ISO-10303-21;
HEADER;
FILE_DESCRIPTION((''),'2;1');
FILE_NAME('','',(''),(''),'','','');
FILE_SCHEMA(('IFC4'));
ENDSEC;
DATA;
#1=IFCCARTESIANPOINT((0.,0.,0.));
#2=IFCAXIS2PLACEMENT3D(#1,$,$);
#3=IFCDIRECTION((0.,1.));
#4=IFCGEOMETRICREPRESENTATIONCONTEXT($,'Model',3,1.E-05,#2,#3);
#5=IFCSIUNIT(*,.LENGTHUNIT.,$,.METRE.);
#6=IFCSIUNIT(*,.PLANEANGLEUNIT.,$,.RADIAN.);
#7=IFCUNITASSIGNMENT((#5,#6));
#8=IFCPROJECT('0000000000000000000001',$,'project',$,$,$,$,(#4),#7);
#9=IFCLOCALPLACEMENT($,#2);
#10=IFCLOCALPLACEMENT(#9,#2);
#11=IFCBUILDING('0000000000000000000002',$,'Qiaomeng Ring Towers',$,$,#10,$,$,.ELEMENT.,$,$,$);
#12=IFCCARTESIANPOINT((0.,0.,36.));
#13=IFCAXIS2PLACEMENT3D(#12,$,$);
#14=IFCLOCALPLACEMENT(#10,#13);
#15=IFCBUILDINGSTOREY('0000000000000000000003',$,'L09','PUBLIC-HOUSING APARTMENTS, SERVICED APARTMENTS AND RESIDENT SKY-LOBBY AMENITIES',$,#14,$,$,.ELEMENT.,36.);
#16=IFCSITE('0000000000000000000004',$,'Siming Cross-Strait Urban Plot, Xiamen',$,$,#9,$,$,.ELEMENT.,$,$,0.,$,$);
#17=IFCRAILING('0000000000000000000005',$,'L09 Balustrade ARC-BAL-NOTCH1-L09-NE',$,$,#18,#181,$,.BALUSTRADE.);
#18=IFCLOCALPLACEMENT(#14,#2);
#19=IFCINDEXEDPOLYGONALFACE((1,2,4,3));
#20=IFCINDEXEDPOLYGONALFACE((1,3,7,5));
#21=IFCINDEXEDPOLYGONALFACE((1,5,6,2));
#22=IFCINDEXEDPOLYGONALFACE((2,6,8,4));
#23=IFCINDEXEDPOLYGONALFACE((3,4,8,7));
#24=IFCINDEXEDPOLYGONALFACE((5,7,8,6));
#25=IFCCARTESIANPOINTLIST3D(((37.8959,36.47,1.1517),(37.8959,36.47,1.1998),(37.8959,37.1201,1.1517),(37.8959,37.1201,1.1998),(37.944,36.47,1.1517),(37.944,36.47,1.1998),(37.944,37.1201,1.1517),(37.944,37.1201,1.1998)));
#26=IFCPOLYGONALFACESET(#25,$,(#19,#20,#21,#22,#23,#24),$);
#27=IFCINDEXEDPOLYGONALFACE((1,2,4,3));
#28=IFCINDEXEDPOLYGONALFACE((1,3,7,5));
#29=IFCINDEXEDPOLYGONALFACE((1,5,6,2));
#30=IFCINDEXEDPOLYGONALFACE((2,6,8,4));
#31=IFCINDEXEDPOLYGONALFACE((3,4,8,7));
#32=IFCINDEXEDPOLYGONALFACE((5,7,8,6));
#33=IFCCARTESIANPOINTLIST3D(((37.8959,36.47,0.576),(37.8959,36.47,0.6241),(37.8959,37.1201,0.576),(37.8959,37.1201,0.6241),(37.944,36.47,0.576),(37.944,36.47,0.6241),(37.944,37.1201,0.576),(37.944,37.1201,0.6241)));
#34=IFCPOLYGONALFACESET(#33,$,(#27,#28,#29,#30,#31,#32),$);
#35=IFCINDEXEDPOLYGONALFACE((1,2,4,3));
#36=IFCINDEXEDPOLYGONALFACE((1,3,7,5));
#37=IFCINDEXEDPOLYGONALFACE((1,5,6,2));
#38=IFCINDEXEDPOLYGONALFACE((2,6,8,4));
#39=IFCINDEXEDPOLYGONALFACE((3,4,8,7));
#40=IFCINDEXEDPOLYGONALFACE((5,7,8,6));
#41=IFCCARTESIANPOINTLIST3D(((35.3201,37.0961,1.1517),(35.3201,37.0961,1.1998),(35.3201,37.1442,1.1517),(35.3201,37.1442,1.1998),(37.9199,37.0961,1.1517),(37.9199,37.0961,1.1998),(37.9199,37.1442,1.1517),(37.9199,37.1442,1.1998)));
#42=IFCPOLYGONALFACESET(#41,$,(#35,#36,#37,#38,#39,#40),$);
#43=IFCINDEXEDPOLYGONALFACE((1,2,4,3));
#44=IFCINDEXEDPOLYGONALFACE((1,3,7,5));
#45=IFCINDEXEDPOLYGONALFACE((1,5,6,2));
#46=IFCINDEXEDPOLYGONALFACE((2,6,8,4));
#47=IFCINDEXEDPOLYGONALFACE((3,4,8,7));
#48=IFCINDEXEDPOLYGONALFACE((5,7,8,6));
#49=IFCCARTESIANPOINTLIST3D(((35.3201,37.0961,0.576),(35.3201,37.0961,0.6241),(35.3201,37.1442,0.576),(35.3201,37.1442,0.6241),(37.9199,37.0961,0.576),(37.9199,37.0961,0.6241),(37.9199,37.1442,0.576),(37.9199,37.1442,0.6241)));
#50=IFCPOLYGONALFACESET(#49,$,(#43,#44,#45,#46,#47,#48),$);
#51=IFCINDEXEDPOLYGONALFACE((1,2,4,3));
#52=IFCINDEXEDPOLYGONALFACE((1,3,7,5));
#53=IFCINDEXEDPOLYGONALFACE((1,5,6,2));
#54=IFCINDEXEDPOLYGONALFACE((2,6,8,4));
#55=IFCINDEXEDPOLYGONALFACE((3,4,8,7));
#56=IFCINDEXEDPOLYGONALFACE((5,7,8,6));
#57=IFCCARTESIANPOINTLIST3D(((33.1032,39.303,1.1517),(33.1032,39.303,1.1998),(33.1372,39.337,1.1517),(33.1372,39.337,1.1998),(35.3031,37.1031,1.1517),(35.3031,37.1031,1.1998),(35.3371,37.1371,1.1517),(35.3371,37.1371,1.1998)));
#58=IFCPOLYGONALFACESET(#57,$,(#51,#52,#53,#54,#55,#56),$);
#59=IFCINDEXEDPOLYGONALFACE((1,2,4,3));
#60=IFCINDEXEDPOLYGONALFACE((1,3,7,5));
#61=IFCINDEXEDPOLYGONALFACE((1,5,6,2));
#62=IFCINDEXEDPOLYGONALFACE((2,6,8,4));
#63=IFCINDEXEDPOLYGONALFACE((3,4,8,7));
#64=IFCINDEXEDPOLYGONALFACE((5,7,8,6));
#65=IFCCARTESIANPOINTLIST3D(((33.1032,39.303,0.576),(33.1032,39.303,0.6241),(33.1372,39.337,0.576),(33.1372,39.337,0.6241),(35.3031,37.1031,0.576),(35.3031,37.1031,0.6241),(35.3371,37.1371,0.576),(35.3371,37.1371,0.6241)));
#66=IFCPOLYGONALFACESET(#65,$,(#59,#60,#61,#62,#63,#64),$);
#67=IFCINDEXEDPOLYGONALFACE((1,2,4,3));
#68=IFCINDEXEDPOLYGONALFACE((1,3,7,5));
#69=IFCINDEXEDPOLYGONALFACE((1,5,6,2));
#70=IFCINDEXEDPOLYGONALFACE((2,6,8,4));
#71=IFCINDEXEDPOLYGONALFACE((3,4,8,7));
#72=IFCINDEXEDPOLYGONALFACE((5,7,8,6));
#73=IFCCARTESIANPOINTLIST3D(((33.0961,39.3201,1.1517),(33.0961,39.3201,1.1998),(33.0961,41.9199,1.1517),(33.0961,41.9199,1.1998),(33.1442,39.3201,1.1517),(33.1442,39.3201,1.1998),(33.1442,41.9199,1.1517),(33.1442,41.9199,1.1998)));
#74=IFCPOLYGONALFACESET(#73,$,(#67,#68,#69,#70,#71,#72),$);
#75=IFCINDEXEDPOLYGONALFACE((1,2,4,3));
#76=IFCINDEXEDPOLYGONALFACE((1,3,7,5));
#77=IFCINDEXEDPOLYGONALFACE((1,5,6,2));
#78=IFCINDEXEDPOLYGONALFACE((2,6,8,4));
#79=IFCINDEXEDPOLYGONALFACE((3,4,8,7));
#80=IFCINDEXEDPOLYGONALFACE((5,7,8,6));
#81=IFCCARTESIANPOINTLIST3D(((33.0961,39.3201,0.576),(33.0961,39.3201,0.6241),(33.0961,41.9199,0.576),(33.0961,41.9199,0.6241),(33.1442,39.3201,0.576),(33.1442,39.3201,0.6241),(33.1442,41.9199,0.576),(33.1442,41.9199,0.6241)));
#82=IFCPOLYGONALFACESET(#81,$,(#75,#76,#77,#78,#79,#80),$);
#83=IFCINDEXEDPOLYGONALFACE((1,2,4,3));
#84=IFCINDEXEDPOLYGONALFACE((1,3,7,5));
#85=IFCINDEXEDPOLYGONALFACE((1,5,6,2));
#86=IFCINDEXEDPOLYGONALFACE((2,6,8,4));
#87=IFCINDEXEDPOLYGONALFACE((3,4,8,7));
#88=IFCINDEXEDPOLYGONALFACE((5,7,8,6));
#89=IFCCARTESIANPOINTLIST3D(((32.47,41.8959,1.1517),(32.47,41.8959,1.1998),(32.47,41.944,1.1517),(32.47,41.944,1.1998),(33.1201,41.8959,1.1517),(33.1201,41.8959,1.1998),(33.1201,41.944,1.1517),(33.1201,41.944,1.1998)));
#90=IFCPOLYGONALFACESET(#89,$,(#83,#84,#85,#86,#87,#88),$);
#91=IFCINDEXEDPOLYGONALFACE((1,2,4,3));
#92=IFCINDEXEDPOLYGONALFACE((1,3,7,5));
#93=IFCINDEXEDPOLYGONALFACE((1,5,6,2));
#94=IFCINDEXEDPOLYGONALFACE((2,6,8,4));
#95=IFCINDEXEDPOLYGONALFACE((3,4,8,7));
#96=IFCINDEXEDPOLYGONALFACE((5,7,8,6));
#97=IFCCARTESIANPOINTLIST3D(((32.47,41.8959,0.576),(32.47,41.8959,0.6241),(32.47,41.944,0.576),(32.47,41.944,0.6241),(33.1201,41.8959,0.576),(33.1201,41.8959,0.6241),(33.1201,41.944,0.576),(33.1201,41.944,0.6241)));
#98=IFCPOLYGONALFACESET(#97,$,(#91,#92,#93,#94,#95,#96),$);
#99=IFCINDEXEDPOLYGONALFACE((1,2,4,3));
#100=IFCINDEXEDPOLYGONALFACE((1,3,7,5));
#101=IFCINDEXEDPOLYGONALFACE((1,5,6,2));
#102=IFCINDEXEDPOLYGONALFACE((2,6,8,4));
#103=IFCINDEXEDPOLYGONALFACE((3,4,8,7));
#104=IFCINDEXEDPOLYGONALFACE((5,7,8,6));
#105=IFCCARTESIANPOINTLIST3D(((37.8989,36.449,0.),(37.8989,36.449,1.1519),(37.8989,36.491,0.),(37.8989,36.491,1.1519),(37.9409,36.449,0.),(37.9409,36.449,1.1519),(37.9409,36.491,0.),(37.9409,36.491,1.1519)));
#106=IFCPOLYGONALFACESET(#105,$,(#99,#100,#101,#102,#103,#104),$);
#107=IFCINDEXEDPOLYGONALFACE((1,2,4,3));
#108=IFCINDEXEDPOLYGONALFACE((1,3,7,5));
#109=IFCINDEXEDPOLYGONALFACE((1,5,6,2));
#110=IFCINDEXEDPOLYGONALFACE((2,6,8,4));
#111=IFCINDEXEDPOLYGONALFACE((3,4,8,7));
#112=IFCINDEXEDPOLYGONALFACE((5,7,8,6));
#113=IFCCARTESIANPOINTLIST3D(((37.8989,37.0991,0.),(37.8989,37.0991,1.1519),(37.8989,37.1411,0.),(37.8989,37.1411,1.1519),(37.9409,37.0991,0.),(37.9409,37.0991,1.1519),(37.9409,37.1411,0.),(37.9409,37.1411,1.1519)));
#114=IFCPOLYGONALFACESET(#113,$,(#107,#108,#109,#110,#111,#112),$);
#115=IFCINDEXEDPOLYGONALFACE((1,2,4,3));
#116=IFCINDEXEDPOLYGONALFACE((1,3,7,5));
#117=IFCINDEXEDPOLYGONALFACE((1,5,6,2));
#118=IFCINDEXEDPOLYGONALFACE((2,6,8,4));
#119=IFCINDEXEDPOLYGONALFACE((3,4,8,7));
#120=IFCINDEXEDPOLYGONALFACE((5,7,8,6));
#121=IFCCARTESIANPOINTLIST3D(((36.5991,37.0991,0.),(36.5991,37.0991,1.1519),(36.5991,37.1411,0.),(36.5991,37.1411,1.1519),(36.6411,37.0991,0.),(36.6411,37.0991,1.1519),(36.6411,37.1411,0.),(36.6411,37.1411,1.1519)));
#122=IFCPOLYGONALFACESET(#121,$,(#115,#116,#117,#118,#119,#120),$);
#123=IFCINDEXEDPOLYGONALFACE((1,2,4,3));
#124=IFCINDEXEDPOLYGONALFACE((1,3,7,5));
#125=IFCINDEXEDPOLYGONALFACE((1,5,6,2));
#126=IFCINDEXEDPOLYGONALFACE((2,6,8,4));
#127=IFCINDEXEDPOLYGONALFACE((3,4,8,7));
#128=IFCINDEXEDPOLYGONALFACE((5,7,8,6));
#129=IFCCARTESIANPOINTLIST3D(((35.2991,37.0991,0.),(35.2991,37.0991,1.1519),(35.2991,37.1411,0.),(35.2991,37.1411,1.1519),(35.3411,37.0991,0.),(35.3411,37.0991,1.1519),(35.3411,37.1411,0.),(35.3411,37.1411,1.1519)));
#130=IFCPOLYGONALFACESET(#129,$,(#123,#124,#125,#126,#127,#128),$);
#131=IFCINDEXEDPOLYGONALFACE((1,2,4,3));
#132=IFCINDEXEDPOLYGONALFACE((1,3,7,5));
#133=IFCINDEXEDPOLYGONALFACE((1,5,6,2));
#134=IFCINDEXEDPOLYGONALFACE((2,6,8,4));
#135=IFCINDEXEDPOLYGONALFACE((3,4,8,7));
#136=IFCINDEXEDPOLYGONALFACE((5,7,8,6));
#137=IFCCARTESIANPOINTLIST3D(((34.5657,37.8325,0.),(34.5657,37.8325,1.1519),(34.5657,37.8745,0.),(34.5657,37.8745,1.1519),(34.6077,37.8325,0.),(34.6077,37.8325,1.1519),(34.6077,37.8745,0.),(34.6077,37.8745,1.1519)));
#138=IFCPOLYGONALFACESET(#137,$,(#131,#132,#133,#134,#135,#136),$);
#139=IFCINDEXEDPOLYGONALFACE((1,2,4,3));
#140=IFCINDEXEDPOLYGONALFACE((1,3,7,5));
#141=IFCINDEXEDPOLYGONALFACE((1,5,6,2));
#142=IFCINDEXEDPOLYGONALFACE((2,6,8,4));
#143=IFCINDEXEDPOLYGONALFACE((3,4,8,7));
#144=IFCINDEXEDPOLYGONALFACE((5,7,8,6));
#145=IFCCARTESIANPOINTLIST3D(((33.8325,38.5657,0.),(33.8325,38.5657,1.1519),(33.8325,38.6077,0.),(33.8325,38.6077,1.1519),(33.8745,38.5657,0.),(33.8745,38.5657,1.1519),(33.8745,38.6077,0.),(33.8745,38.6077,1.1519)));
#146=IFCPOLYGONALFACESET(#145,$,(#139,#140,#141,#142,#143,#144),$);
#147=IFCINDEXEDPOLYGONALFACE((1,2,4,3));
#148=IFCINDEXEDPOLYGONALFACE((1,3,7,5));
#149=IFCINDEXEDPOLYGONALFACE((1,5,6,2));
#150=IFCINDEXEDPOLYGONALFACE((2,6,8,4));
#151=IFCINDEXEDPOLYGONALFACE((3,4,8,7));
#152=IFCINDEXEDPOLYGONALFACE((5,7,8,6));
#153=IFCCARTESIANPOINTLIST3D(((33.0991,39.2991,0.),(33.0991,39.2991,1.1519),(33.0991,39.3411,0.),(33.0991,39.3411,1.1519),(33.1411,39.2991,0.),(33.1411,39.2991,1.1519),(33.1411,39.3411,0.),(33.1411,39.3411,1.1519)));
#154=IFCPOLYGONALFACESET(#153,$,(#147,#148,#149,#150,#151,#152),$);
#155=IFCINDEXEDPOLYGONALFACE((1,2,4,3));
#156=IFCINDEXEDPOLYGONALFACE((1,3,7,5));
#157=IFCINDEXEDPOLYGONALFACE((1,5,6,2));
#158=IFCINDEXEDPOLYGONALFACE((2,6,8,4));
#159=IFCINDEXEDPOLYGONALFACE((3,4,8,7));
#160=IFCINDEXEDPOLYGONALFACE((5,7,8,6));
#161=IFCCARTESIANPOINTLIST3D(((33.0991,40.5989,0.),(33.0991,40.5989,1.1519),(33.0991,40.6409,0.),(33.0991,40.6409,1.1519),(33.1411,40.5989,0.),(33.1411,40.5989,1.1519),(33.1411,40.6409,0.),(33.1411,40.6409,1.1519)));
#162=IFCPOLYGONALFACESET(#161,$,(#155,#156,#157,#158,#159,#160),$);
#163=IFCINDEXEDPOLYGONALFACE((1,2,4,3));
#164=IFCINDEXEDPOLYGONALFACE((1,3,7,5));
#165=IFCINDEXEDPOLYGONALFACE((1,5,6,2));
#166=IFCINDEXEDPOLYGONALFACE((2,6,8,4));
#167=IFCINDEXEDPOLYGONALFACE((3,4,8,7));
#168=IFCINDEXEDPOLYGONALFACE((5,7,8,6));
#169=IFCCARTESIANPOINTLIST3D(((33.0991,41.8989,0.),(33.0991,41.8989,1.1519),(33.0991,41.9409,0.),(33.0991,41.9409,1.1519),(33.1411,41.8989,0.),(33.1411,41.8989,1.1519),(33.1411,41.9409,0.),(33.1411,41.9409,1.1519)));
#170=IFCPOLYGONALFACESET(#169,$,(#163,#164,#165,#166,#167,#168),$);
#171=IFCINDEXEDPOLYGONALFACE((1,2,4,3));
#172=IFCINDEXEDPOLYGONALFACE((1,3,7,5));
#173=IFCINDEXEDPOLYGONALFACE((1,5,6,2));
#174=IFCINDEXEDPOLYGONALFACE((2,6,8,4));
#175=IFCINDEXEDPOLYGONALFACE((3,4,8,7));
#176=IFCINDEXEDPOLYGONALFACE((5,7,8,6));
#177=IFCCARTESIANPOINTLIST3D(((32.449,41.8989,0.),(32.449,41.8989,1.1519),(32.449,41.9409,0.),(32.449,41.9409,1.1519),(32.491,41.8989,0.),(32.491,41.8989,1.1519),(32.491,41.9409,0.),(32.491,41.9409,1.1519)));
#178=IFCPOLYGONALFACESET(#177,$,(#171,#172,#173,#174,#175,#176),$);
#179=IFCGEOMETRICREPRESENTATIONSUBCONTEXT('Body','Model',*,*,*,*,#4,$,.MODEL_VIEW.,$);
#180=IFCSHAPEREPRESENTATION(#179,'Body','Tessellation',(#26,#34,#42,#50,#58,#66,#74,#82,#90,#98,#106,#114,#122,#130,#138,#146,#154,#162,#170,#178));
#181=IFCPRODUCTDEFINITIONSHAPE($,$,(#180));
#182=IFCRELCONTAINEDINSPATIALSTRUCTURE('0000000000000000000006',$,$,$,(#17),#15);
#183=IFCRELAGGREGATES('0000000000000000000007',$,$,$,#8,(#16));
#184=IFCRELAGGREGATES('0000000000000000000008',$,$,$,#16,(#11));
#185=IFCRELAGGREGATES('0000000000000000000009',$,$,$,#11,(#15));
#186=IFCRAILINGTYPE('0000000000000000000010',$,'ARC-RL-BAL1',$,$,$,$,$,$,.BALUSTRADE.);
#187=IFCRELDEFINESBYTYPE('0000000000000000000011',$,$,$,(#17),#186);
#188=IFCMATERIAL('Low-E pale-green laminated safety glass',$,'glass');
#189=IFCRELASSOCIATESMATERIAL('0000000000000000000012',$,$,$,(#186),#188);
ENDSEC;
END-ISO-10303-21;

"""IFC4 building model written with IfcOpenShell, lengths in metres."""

from ifc_helpers import new_model, si_unit, direction, frame, origin, origin_2d, place, context, subcontext, project, spatial, rectangle, extrude, material, type_object, element, save


model = new_model("IFC4")

# Units and contexts
model_context = context("Model", 3, precision=1e-05, world=origin(), true_north=direction((0.0, 1.0)))
body_context = subcontext(model_context, "Body", "Model", "MODEL_VIEW")
ifc_project = project(units=[si_unit("LENGTHUNIT", "METRE"), si_unit("PLANEANGLEUNIT", "RADIAN")], contexts=[model_context])

# Site, building, storey
site_placement = place(None, origin())
site = spatial("IfcSite", under=ifc_project, at=site_placement, Name="Siming Cross-Strait Urban Plot, Xiamen", CompositionType="ELEMENT", RefElevation=0.0)
building_placement = place(site_placement, origin())
building = spatial("IfcBuilding", under=site, at=building_placement, Name="Qiaomeng Ring Towers", CompositionType="ELEMENT")
storey_placement = place(building_placement, frame((0.0, 0.0, 36.0)))
storey = spatial("IfcBuildingStorey", under=building, at=storey_placement, Name="L09", Description="PUBLIC-HOUSING APARTMENTS, SERVICED APARTMENTS AND RESIDENT SKY-LOBBY AMENITIES", CompositionType="ELEMENT", Elevation=36.0)

# Railing
ifc_material_1 = material(Name="Low-E pale-green laminated safety glass", Category="glass")
railing_type = type_object("IfcRailingType", Name="ARC-RL-BAL1", PredefinedType="BALUSTRADE", material=ifc_material_1)
railing_placement = place(storey_placement, frame((37.9199, 36.47, 0.0)))
element("IfcRailing", 1, at=railing_placement, inside=storey, type_object=railing_type, Name="L09 Balustrade ARC-BAL-NOTCH1-L09-NE", PredefinedType="BALUSTRADE", context=body_context, shape_type="SweptSolid", body=[
    extrude(rectangle(XDim=0.0481, YDim=0.0481, at=origin_2d()), frame((0.0, 0.0, 1.1758), z_axis=(0.0, 1.0, 0.0), x_axis=(-1.0, 0.0, 0.0)), (0.0, 0.0, 1.0), 0.6501),
    extrude(rectangle(XDim=0.0481, YDim=0.0481, at=origin_2d()), frame((0.0, 0.0, 0.6001), z_axis=(0.0, 1.0, 0.0), x_axis=(-1.0, 0.0, 0.0)), (0.0, 0.0, 1.0), 0.6501),
    extrude(rectangle(XDim=0.0481, YDim=0.0481, at=origin_2d()), frame((0.0, 0.6501, 1.1758), z_axis=(-1.0, 0.0, 0.0), x_axis=(0.0, -1.0, 0.0)), (0.0, 0.0, 1.0), 2.5999),
    extrude(rectangle(XDim=0.0481, YDim=0.0481, at=origin_2d()), frame((0.0, 0.6501, 0.6001), z_axis=(-1.0, 0.0, 0.0), x_axis=(0.0, -1.0, 0.0)), (0.0, 0.0, 1.0), 2.5999),
    extrude(rectangle(XDim=0.0481, YDim=0.0481, at=origin_2d()), frame((-2.5999, 0.6501, 1.1758), z_axis=(-0.707107, 0.707107, 0.0), x_axis=(-0.707107, -0.707107, 0.0)), (0.0, 0.0, 1.0), 3.1111),
    extrude(rectangle(XDim=0.0481, YDim=0.0481, at=origin_2d()), frame((-2.5999, 0.6501, 0.6001), z_axis=(-0.707107, 0.707107, 0.0), x_axis=(-0.707107, -0.707107, 0.0)), (0.0, 0.0, 1.0), 3.1111),
    extrude(rectangle(XDim=0.0481, YDim=0.0481, at=origin_2d()), frame((-4.7998, 2.8501, 1.1758), z_axis=(0.0, 1.0, 0.0), x_axis=(-1.0, 0.0, 0.0)), (0.0, 0.0, 1.0), 2.5999),
    extrude(rectangle(XDim=0.0481, YDim=0.0481, at=origin_2d()), frame((-4.7998, 2.8501, 0.6001), z_axis=(0.0, 1.0, 0.0), x_axis=(-1.0, 0.0, 0.0)), (0.0, 0.0, 1.0), 2.5999),
    extrude(rectangle(XDim=0.0481, YDim=0.0481, at=origin_2d()), frame((-4.7998, 5.45, 1.1758), z_axis=(-1.0, 0.0, 0.0), x_axis=(0.0, -1.0, 0.0)), (0.0, 0.0, 1.0), 0.6501),
    extrude(rectangle(XDim=0.0481, YDim=0.0481, at=origin_2d()), frame((-4.7998, 5.45, 0.6001), z_axis=(-1.0, 0.0, 0.0), x_axis=(0.0, -1.0, 0.0)), (0.0, 0.0, 1.0), 0.6501),
    extrude(rectangle(XDim=0.042, YDim=0.042, at=origin_2d()), origin(), (0.0, 0.0, 1.0), 1.1519),
    extrude(rectangle(XDim=0.042, YDim=0.042, at=origin_2d()), frame((0.0, 0.6501, 0.0)), (0.0, 0.0, 1.0), 1.1519),
    extrude(rectangle(XDim=0.042, YDim=0.042, at=origin_2d()), frame((-1.2998, 0.6501, 0.0)), (0.0, 0.0, 1.0), 1.1519),
    extrude(rectangle(XDim=0.042, YDim=0.042, at=origin_2d()), frame((-2.5999, 0.6501, 0.0)), (0.0, 0.0, 1.0), 1.1519),
    extrude(rectangle(XDim=0.042, YDim=0.042, at=origin_2d()), frame((-3.3333, 1.3835, 0.0)), (0.0, 0.0, 1.0), 1.1519),
    extrude(rectangle(XDim=0.042, YDim=0.042, at=origin_2d()), frame((-4.0664, 2.1167, 0.0)), (0.0, 0.0, 1.0), 1.1519),
    extrude(rectangle(XDim=0.042, YDim=0.042, at=origin_2d()), frame((-4.7998, 2.8501, 0.0)), (0.0, 0.0, 1.0), 1.1519),
    extrude(rectangle(XDim=0.042, YDim=0.042, at=origin_2d()), frame((-4.7998, 4.1499, 0.0)), (0.0, 0.0, 1.0), 1.1519),
    extrude(rectangle(XDim=0.042, YDim=0.042, at=origin_2d()), frame((-4.7998, 5.45, 0.0)), (0.0, 0.0, 1.0), 1.1519),
    extrude(rectangle(XDim=0.042, YDim=0.042, at=origin_2d()), frame((-5.45, 5.45, 0.0)), (0.0, 0.0, 1.0), 1.1519),
])

save(model, "model.ifc")
